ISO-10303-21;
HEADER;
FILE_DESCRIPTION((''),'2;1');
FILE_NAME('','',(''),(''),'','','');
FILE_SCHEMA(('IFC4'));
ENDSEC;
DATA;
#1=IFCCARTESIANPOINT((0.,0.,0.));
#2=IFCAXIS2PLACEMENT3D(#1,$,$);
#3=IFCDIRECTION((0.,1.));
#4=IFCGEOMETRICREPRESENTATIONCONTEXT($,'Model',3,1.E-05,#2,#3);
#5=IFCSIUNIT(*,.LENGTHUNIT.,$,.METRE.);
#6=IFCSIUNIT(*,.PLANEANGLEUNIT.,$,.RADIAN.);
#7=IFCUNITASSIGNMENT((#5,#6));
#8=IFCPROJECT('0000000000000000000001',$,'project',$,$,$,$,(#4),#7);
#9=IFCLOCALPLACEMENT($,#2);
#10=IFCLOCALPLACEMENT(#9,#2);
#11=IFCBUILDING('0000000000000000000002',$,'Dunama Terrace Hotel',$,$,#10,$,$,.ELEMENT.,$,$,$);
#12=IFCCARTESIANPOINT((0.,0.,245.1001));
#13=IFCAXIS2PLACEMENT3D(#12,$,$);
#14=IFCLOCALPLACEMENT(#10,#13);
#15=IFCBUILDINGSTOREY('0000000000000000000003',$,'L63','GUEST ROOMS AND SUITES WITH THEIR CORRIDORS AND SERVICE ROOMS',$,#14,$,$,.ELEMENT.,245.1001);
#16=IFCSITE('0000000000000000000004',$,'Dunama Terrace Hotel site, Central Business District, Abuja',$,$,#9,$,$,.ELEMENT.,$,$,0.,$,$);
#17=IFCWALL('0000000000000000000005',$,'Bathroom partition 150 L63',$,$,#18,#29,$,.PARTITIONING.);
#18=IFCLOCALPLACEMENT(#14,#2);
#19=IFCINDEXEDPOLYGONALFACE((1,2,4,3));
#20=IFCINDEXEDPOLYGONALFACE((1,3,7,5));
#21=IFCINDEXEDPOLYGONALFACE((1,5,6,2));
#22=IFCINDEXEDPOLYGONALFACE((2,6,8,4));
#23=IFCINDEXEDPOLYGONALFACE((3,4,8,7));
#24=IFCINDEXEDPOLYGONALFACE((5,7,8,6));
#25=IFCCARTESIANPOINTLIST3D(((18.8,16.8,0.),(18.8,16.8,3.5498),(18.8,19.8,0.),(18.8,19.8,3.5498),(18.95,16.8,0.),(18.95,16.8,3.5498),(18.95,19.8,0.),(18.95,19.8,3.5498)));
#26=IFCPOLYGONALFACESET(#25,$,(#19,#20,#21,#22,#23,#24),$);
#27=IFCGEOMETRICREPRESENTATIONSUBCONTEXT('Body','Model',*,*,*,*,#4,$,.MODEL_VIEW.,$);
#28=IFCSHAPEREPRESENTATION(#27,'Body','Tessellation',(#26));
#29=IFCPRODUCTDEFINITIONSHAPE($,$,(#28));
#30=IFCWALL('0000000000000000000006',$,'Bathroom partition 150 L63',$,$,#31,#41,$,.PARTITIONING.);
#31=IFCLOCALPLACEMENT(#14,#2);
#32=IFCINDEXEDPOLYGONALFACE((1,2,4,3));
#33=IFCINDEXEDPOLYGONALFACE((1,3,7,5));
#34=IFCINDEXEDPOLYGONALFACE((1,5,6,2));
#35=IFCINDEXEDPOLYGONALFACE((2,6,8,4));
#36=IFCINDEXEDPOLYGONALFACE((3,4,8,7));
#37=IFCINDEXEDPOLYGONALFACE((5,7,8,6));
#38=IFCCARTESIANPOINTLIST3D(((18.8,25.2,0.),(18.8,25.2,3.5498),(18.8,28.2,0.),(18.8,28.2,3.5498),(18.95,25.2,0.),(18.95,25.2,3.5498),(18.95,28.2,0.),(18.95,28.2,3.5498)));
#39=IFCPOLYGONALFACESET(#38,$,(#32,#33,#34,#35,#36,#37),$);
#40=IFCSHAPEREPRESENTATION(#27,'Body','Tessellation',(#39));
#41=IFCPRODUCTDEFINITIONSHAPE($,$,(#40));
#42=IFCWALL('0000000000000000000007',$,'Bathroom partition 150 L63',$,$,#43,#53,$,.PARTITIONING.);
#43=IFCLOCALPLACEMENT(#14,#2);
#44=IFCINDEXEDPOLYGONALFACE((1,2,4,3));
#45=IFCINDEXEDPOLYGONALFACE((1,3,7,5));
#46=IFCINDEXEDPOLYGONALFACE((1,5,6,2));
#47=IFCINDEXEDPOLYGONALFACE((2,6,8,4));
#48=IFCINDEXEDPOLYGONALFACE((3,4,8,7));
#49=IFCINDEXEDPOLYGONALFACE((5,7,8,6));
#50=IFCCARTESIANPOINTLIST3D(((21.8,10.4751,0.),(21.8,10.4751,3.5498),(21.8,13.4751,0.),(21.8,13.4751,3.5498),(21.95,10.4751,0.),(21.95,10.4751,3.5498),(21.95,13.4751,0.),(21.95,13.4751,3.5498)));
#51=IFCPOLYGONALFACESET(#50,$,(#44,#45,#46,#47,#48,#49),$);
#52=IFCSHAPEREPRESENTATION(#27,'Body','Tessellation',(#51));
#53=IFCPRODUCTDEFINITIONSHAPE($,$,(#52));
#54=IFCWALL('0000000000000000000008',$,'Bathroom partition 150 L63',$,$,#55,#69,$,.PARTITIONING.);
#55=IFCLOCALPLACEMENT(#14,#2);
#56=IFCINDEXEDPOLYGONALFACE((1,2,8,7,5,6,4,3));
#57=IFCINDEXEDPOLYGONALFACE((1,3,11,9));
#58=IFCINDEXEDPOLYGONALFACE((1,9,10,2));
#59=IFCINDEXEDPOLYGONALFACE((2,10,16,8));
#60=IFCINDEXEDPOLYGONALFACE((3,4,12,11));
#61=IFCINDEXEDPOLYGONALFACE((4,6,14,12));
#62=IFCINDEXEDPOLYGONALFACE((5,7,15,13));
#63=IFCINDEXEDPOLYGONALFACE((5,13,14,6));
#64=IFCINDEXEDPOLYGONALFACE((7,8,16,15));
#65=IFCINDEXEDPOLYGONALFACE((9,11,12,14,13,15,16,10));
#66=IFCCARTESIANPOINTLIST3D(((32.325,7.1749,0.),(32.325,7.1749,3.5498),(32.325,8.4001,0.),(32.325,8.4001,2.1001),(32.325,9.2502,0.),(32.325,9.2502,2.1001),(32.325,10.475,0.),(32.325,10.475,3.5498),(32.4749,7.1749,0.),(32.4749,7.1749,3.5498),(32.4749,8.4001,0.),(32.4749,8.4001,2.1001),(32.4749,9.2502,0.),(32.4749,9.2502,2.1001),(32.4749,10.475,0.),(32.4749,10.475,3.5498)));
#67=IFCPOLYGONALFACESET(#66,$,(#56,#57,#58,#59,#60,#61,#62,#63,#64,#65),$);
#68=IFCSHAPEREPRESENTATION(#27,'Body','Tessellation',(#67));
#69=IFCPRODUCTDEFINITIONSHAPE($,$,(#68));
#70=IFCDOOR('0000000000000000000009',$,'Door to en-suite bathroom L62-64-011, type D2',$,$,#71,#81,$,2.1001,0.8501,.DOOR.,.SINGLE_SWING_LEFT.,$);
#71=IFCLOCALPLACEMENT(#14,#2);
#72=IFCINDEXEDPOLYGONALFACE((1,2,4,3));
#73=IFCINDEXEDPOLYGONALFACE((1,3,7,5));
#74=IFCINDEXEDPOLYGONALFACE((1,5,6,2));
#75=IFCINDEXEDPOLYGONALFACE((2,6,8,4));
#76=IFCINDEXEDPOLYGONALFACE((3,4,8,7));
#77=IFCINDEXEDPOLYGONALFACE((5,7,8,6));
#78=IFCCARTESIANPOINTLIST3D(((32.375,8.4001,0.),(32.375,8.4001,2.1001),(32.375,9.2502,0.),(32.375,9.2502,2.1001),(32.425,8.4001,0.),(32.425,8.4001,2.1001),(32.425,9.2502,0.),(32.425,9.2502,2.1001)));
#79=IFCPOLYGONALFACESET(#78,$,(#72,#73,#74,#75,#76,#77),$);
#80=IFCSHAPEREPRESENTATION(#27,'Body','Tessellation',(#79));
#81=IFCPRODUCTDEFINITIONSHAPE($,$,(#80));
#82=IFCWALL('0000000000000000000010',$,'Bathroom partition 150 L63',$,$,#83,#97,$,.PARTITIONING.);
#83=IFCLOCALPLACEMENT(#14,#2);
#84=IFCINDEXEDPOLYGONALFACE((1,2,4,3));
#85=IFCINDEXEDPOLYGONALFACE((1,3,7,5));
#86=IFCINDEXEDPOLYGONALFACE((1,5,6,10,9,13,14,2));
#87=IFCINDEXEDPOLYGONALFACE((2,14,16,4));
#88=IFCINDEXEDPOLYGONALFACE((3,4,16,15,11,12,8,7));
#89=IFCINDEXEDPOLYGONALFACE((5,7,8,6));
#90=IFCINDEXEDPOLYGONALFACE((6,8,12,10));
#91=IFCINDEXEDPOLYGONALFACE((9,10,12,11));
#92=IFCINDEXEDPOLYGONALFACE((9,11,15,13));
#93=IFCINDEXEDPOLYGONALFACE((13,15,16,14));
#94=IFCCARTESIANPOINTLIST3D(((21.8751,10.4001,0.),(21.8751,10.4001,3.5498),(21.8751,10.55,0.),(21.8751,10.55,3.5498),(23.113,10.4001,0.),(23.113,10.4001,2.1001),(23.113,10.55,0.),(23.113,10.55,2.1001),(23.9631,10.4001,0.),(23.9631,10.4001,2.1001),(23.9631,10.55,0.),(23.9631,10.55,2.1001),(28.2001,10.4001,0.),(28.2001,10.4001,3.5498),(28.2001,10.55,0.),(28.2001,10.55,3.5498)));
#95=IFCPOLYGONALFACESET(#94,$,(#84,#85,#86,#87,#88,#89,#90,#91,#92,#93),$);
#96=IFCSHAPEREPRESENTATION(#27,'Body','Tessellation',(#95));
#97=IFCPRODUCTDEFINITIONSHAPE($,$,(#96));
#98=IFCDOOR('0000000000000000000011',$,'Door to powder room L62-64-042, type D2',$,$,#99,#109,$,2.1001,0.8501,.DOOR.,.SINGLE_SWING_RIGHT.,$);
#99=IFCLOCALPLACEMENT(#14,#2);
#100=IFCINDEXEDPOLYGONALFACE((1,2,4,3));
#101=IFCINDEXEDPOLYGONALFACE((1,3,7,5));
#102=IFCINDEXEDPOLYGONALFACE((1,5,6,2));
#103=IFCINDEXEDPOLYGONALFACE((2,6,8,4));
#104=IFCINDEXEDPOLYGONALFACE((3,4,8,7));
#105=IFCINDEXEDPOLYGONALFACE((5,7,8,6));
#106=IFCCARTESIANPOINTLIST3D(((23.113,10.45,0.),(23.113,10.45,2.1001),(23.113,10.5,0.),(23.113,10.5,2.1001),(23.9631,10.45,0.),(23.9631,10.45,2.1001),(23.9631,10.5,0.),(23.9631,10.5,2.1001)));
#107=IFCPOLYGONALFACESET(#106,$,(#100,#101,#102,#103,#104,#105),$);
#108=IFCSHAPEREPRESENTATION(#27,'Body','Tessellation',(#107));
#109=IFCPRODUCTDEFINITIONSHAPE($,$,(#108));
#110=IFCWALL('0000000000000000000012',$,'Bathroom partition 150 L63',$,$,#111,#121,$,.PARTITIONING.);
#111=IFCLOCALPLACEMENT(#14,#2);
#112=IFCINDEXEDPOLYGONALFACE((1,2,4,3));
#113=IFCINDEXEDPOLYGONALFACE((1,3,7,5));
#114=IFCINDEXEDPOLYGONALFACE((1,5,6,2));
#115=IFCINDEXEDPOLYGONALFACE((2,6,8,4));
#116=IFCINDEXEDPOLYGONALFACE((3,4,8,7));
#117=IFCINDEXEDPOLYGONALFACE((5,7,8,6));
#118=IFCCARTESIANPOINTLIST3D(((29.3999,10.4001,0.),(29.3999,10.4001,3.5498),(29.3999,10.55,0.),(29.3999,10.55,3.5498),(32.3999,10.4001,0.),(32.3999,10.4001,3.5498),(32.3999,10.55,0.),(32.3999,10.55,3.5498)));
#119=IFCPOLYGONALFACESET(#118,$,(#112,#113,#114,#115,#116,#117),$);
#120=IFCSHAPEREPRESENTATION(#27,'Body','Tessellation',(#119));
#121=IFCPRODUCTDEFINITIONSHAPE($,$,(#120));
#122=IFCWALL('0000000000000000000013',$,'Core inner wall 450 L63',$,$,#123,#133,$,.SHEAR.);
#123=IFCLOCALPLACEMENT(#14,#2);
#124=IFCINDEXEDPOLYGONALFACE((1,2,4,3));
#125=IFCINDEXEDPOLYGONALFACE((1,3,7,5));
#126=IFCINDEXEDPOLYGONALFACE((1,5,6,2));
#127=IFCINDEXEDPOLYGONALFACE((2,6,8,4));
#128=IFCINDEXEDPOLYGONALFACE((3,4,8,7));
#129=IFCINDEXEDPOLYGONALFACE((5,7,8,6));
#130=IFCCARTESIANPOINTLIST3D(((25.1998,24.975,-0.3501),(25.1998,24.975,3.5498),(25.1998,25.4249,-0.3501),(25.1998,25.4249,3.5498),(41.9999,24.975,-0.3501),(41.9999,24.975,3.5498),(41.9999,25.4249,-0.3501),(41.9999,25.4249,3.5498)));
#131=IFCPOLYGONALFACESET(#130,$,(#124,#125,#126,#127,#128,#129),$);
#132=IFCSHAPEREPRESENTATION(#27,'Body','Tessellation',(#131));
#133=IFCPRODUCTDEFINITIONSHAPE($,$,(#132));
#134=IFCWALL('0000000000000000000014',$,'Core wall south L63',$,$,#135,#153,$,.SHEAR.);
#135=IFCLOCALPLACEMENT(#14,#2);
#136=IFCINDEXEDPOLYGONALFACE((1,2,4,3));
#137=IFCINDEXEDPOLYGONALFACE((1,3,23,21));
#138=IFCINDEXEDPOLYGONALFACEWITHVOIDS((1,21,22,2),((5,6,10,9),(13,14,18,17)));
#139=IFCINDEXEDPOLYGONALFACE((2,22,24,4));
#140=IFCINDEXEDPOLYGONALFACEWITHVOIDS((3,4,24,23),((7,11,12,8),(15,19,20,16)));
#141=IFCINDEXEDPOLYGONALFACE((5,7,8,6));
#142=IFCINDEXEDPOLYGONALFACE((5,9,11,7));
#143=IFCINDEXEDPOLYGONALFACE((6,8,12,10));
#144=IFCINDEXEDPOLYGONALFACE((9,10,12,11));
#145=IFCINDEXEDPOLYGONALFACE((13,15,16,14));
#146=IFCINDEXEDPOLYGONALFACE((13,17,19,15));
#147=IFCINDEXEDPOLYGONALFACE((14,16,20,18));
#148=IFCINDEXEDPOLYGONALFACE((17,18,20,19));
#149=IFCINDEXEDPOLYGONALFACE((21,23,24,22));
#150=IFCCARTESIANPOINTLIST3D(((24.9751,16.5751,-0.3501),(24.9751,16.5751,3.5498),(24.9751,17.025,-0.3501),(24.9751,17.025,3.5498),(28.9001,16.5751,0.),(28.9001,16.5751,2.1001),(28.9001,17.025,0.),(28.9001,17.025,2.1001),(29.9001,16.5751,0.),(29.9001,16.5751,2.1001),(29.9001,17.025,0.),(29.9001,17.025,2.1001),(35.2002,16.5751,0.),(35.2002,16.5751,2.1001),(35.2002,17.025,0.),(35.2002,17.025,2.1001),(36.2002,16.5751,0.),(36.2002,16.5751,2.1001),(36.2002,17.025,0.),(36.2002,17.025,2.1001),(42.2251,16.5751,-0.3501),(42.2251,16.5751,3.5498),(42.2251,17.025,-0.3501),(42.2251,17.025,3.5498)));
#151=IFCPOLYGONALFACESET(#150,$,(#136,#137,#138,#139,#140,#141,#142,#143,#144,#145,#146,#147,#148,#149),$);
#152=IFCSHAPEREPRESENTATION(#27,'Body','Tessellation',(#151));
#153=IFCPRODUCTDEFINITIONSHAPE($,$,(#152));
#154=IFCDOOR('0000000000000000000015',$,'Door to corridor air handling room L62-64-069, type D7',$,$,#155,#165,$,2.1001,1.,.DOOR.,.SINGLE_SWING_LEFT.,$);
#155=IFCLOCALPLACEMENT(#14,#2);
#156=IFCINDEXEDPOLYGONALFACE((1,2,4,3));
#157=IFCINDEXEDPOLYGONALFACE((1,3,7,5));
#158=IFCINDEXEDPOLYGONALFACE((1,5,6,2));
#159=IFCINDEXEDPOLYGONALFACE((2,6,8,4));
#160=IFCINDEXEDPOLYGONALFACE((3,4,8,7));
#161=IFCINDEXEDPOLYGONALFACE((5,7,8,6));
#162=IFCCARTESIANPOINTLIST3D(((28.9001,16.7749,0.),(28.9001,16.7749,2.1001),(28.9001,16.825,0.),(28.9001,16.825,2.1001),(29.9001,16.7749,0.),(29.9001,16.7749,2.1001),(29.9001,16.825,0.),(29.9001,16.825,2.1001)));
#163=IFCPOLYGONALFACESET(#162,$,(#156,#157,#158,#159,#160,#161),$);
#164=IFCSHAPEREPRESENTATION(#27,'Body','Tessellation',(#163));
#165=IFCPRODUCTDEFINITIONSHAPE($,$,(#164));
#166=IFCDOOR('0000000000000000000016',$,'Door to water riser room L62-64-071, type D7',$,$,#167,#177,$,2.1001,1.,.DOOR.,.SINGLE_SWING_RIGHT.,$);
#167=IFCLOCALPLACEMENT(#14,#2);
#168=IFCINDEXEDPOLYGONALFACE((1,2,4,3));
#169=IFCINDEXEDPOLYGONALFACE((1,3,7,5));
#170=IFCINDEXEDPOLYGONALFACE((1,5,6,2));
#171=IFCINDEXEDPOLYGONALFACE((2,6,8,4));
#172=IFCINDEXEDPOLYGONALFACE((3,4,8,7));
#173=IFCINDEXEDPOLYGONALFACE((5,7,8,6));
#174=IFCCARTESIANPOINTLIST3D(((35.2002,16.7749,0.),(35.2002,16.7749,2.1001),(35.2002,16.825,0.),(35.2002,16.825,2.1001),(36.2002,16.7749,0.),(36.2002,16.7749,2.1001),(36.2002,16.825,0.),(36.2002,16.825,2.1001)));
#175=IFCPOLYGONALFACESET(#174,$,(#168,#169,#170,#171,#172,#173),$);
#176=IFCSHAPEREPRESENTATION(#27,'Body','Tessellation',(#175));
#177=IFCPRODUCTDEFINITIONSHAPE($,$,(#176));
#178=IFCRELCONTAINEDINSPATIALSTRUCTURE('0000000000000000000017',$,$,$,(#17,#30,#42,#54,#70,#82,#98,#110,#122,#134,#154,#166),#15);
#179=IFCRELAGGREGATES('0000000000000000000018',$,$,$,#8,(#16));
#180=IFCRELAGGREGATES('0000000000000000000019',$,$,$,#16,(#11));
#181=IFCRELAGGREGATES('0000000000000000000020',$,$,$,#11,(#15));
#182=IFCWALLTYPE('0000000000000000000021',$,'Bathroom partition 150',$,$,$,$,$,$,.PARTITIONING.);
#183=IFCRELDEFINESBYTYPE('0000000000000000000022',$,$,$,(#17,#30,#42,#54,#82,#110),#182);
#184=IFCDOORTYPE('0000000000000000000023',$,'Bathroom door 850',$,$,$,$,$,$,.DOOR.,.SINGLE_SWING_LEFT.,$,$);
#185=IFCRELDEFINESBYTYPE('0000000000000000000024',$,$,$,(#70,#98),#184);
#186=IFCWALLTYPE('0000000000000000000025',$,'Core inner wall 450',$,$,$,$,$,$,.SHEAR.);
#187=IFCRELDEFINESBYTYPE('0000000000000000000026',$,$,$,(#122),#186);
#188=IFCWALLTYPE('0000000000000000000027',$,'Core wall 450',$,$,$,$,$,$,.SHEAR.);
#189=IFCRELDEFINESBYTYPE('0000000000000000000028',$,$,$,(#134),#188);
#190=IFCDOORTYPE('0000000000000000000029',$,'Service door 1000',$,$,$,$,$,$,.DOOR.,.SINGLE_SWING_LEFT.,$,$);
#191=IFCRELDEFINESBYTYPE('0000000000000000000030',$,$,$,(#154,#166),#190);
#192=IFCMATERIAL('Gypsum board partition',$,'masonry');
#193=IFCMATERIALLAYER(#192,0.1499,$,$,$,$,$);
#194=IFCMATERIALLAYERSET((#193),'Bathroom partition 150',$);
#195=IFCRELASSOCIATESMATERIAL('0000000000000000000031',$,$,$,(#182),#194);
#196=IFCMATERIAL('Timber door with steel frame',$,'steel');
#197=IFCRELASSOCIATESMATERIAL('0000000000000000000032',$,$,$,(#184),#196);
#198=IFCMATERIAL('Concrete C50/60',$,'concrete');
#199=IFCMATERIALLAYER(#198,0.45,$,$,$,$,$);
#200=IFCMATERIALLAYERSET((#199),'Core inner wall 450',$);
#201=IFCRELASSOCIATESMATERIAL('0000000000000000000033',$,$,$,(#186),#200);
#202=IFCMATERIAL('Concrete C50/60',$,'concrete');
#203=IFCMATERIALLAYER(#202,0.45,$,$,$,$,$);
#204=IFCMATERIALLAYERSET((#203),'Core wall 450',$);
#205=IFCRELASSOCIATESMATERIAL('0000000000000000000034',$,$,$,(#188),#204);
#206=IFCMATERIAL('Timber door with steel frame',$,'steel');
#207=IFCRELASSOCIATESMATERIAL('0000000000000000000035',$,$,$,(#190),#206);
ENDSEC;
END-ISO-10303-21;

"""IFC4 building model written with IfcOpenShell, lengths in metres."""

from ifc_helpers import new_model, si_unit, direction, frame, frame_2d, origin, place, context, subcontext, project, spatial, rectangle, extrude, material, layer, layer_set, type_object, element, fill, save


model = new_model("IFC4")

# Units and contexts
model_context = context("Model", 3, precision=1e-05, world=origin(), true_north=direction((0.0, 1.0)))
body_context = subcontext(model_context, "Body", "Model", "MODEL_VIEW")
ifc_project = project(units=[si_unit("LENGTHUNIT", "METRE"), si_unit("PLANEANGLEUNIT", "RADIAN")], contexts=[model_context])

# Site, building, storey
site_placement = place(None, origin())
site = spatial("IfcSite", under=ifc_project, at=site_placement, Name="Dunama Terrace Hotel site, Central Business District, Abuja", CompositionType="ELEMENT", RefElevation=0.0)
building_placement = place(site_placement, origin())
building = spatial("IfcBuilding", under=site, at=building_placement, Name="Dunama Terrace Hotel", CompositionType="ELEMENT")
storey_placement = place(building_placement, frame((0.0, 0.0, 245.1001)))
storey = spatial("IfcBuildingStorey", under=building, at=storey_placement, Name="L63", Description="GUEST ROOMS AND SUITES WITH THEIR CORRIDORS AND SERVICE ROOMS", CompositionType="ELEMENT", Elevation=245.1001)

# Walls
ifc_material_1 = material(Name="Gypsum board partition", Category="masonry")
ifc_layer_1 = layer(ifc_material_1, 0.1499)
ifc_layer_set_1 = layer_set([ifc_layer_1], Name="Bathroom partition 150")
wall_type_1 = type_object("IfcWallType", Name="Bathroom partition 150", PredefinedType="PARTITIONING", material=ifc_layer_set_1)
for number, where, z_axis, x_axis, name in (
    (1, (18.875, 16.8, 0.0), (0.0, 0.0, 1.0), (0.0, 1.0, 0.0), "Bathroom partition 150 L63"),
    (2, (18.875, 25.2, 0.0), (0.0, 0.0, 1.0), (0.0, 1.0, 0.0), "Bathroom partition 150 L63"),
    (3, (21.875, 10.4751, 0.0), (0.0, 0.0, 1.0), (0.0, 1.0, 0.0), "Bathroom partition 150 L63"),
):
    element("IfcWall", number, at=place(storey_placement, frame(where, z_axis=z_axis, x_axis=x_axis)), inside=storey, type_object=wall_type_1, Name=name, PredefinedType="PARTITIONING", context=body_context, shape_type="SweptSolid", body=[
        extrude(rectangle(XDim=3.0, YDim=0.1499, at=frame_2d((1.5, 0.0))), origin(), (0.0, 0.0, 1.0), 3.5498),
    ])

# Walls, openings, doors
wall_1_placement = place(storey_placement, frame((32.3999, 7.175, 0.0), z_axis=(0.0, 0.0, 1.0), x_axis=(0.0, 1.0, 0.0)))
wall_1 = element("IfcWall", 4, at=wall_1_placement, inside=storey, type_object=wall_type_1, Name="Bathroom partition 150 L63", PredefinedType="PARTITIONING", context=body_context, shape_type="SweptSolid", body=[
    extrude(rectangle(XDim=3.3, YDim=0.1499, at=frame_2d((1.6499, 0.0))), origin(), (0.0, 0.0, 1.0), 3.5498),
])
opening_1_placement = place(wall_1_placement, frame((1.2251, 0.0, 0.0)))
opening_1 = element("IfcOpeningElement", 5, at=opening_1_placement, cuts=wall_1, PredefinedType="OPENING", context=body_context, shape_type="SweptSolid", body=[
    extrude(rectangle(XDim=0.8501, YDim=2.1001, at=frame_2d((0.425, 1.05))), frame((0.0, 0.085, 0.0), z_axis=(0.0, -1.0, 0.0), x_axis=(1.0, 0.0, 0.0)), (0.0, 0.0, 1.0), 0.1699),
])
ifc_material_2 = material(Name="Timber door with steel frame", Category="steel")
door_type_1 = type_object("IfcDoorType", Name="Bathroom door 850", OperationType="SINGLE_SWING_LEFT", PredefinedType="DOOR", material=ifc_material_2)
door_1_placement = place(opening_1_placement, origin())
door_1 = element("IfcDoor", 6, at=door_1_placement, inside=storey, type_object=door_type_1, Name="Door to en-suite bathroom L62-64-011, type D2", OperationType="SINGLE_SWING_LEFT", OverallHeight=2.1001, OverallWidth=0.8501, PredefinedType="DOOR", context=body_context, shape_type="SweptSolid", body=[
    extrude(rectangle(XDim=0.8501, YDim=2.1001, at=frame_2d((0.425, 1.05))), frame((0.0, 0.0249, 0.0), z_axis=(0.0, -1.0, 0.0), x_axis=(1.0, 0.0, 0.0)), (0.0, 0.0, 1.0), 0.05),
])
fill(opening_1, door_1)
wall_2_placement = place(storey_placement, frame((21.875, 10.4751, 0.0), z_axis=(0.0, 0.0, 1.0), x_axis=(1.0, 0.0, 0.0)))
wall_2 = element("IfcWall", 7, at=wall_2_placement, inside=storey, type_object=wall_type_1, Name="Bathroom partition 150 L63", PredefinedType="PARTITIONING", context=body_context, shape_type="SweptSolid", body=[
    extrude(rectangle(XDim=6.325, YDim=0.1499, at=frame_2d((3.1626, 0.0))), origin(), (0.0, 0.0, 1.0), 3.5498),
])
opening_2_placement = place(wall_2_placement, frame((1.238, 0.0, 0.0)))
opening_2 = element("IfcOpeningElement", 8, at=opening_2_placement, cuts=wall_2, PredefinedType="OPENING", context=body_context, shape_type="SweptSolid", body=[
    extrude(rectangle(XDim=0.8501, YDim=2.1001, at=frame_2d((0.425, 1.05))), frame((0.0, 0.085, 0.0), z_axis=(0.0, -1.0, 0.0), x_axis=(1.0, 0.0, 0.0)), (0.0, 0.0, 1.0), 0.1699),
])
door_2_placement = place(opening_2_placement, origin())
door_2 = element("IfcDoor", 9, at=door_2_placement, inside=storey, type_object=door_type_1, Name="Door to powder room L62-64-042, type D2", OperationType="SINGLE_SWING_RIGHT", OverallHeight=2.1001, OverallWidth=0.8501, PredefinedType="DOOR", context=body_context, shape_type="SweptSolid", body=[
    extrude(rectangle(XDim=0.8501, YDim=2.1001, at=frame_2d((0.425, 1.05))), frame((0.0, 0.0249, 0.0), z_axis=(0.0, -1.0, 0.0), x_axis=(1.0, 0.0, 0.0)), (0.0, 0.0, 1.0), 0.05),
])
fill(opening_2, door_2)

# Walls
wall_3_placement = place(storey_placement, frame((29.3999, 10.4751, 0.0), z_axis=(0.0, 0.0, 1.0), x_axis=(1.0, 0.0, 0.0)))
element("IfcWall", 10, at=wall_3_placement, inside=storey, type_object=wall_type_1, Name="Bathroom partition 150 L63", PredefinedType="PARTITIONING", context=body_context, shape_type="SweptSolid", body=[
    extrude(rectangle(XDim=3.0, YDim=0.1499, at=frame_2d((1.5, 0.0))), origin(), (0.0, 0.0, 1.0), 3.5498),
])
ifc_material_3 = material(Name="Concrete C50/60", Category="concrete")
ifc_layer_2 = layer(ifc_material_3, 0.45)
ifc_layer_set_2 = layer_set([ifc_layer_2], Name="Core inner wall 450")
wall_type_2 = type_object("IfcWallType", Name="Core inner wall 450", PredefinedType="SHEAR", material=ifc_layer_set_2)
wall_4_placement = place(storey_placement, frame((25.2, 25.2, -0.3501), z_axis=(0.0, 0.0, 1.0), x_axis=(1.0, 0.0, 0.0)))
element("IfcWall", 11, at=wall_4_placement, inside=storey, type_object=wall_type_2, Name="Core inner wall 450 L63", PredefinedType="SHEAR", context=body_context, shape_type="SweptSolid", body=[
    extrude(rectangle(XDim=16.8, YDim=0.45, at=frame_2d((8.3999, 0.0))), origin(), (0.0, 0.0, 1.0), 3.8999),
])

# Wall, openings, doors
ifc_material_4 = material(Name="Concrete C50/60", Category="concrete")
ifc_layer_3 = layer(ifc_material_4, 0.45)
ifc_layer_set_3 = layer_set([ifc_layer_3], Name="Core wall 450")
wall_type_3 = type_object("IfcWallType", Name="Core wall 450", PredefinedType="SHEAR", material=ifc_layer_set_3)
wall_5_placement = place(storey_placement, frame((24.9751, 16.8, -0.3501), z_axis=(0.0, 0.0, 1.0), x_axis=(1.0, 0.0, 0.0)))
wall_5 = element("IfcWall", 12, at=wall_5_placement, inside=storey, type_object=wall_type_3, Name="Core wall south L63", PredefinedType="SHEAR", context=body_context, shape_type="SweptSolid", body=[
    extrude(rectangle(XDim=17.25, YDim=0.45, at=frame_2d((8.625, 0.0))), origin(), (0.0, 0.0, 1.0), 3.8999),
])
opening_3_placement = place(wall_5_placement, frame((3.925, 0.0, 0.3501)))
opening_3 = element("IfcOpeningElement", 13, at=opening_3_placement, cuts=wall_5, PredefinedType="OPENING", context=body_context, shape_type="SweptSolid", body=[
    extrude(rectangle(XDim=1.0, YDim=2.1001, at=frame_2d((0.5, 1.05))), frame((0.0, 0.2349, 0.0), z_axis=(0.0, -1.0, 0.0), x_axis=(1.0, 0.0, 0.0)), (0.0, 0.0, 1.0), 0.47),
])
opening_4_placement = place(wall_5_placement, frame((10.2251, 0.0, 0.3501)))
opening_4 = element("IfcOpeningElement", 14, at=opening_4_placement, cuts=wall_5, PredefinedType="OPENING", context=body_context, shape_type="SweptSolid", body=[
    extrude(rectangle(XDim=1.0, YDim=2.1001, at=frame_2d((0.5, 1.05))), frame((0.0, 0.2349, 0.0), z_axis=(0.0, -1.0, 0.0), x_axis=(1.0, 0.0, 0.0)), (0.0, 0.0, 1.0), 0.47),
])
ifc_material_5 = material(Name="Timber door with steel frame", Category="steel")
door_type_2 = type_object("IfcDoorType", Name="Service door 1000", OperationType="SINGLE_SWING_LEFT", PredefinedType="DOOR", material=ifc_material_5)
door_3_placement = place(opening_3_placement, origin())
door_3 = element("IfcDoor", 15, at=door_3_placement, inside=storey, type_object=door_type_2, Name="Door to corridor air handling room L62-64-069, type D7", OperationType="SINGLE_SWING_LEFT", OverallHeight=2.1001, OverallWidth=1.0, PredefinedType="DOOR", context=body_context, shape_type="SweptSolid", body=[
    extrude(rectangle(XDim=1.0, YDim=2.1001, at=frame_2d((0.5, 1.05))), frame((0.0, 0.0249, 0.0), z_axis=(0.0, -1.0, 0.0), x_axis=(1.0, 0.0, 0.0)), (0.0, 0.0, 1.0), 0.05),
])
fill(opening_3, door_3)
door_4_placement = place(opening_4_placement, origin())
door_4 = element("IfcDoor", 16, at=door_4_placement, inside=storey, type_object=door_type_2, Name="Door to water riser room L62-64-071, type D7", OperationType="SINGLE_SWING_RIGHT", OverallHeight=2.1001, OverallWidth=1.0, PredefinedType="DOOR", context=body_context, shape_type="SweptSolid", body=[
    extrude(rectangle(XDim=1.0, YDim=2.1001, at=frame_2d((0.5, 1.05))), frame((0.0, 0.0249, 0.0), z_axis=(0.0, -1.0, 0.0), x_axis=(1.0, 0.0, 0.0)), (0.0, 0.0, 1.0), 0.05),
])
fill(opening_4, door_4)

save(model, "model.ifc")
